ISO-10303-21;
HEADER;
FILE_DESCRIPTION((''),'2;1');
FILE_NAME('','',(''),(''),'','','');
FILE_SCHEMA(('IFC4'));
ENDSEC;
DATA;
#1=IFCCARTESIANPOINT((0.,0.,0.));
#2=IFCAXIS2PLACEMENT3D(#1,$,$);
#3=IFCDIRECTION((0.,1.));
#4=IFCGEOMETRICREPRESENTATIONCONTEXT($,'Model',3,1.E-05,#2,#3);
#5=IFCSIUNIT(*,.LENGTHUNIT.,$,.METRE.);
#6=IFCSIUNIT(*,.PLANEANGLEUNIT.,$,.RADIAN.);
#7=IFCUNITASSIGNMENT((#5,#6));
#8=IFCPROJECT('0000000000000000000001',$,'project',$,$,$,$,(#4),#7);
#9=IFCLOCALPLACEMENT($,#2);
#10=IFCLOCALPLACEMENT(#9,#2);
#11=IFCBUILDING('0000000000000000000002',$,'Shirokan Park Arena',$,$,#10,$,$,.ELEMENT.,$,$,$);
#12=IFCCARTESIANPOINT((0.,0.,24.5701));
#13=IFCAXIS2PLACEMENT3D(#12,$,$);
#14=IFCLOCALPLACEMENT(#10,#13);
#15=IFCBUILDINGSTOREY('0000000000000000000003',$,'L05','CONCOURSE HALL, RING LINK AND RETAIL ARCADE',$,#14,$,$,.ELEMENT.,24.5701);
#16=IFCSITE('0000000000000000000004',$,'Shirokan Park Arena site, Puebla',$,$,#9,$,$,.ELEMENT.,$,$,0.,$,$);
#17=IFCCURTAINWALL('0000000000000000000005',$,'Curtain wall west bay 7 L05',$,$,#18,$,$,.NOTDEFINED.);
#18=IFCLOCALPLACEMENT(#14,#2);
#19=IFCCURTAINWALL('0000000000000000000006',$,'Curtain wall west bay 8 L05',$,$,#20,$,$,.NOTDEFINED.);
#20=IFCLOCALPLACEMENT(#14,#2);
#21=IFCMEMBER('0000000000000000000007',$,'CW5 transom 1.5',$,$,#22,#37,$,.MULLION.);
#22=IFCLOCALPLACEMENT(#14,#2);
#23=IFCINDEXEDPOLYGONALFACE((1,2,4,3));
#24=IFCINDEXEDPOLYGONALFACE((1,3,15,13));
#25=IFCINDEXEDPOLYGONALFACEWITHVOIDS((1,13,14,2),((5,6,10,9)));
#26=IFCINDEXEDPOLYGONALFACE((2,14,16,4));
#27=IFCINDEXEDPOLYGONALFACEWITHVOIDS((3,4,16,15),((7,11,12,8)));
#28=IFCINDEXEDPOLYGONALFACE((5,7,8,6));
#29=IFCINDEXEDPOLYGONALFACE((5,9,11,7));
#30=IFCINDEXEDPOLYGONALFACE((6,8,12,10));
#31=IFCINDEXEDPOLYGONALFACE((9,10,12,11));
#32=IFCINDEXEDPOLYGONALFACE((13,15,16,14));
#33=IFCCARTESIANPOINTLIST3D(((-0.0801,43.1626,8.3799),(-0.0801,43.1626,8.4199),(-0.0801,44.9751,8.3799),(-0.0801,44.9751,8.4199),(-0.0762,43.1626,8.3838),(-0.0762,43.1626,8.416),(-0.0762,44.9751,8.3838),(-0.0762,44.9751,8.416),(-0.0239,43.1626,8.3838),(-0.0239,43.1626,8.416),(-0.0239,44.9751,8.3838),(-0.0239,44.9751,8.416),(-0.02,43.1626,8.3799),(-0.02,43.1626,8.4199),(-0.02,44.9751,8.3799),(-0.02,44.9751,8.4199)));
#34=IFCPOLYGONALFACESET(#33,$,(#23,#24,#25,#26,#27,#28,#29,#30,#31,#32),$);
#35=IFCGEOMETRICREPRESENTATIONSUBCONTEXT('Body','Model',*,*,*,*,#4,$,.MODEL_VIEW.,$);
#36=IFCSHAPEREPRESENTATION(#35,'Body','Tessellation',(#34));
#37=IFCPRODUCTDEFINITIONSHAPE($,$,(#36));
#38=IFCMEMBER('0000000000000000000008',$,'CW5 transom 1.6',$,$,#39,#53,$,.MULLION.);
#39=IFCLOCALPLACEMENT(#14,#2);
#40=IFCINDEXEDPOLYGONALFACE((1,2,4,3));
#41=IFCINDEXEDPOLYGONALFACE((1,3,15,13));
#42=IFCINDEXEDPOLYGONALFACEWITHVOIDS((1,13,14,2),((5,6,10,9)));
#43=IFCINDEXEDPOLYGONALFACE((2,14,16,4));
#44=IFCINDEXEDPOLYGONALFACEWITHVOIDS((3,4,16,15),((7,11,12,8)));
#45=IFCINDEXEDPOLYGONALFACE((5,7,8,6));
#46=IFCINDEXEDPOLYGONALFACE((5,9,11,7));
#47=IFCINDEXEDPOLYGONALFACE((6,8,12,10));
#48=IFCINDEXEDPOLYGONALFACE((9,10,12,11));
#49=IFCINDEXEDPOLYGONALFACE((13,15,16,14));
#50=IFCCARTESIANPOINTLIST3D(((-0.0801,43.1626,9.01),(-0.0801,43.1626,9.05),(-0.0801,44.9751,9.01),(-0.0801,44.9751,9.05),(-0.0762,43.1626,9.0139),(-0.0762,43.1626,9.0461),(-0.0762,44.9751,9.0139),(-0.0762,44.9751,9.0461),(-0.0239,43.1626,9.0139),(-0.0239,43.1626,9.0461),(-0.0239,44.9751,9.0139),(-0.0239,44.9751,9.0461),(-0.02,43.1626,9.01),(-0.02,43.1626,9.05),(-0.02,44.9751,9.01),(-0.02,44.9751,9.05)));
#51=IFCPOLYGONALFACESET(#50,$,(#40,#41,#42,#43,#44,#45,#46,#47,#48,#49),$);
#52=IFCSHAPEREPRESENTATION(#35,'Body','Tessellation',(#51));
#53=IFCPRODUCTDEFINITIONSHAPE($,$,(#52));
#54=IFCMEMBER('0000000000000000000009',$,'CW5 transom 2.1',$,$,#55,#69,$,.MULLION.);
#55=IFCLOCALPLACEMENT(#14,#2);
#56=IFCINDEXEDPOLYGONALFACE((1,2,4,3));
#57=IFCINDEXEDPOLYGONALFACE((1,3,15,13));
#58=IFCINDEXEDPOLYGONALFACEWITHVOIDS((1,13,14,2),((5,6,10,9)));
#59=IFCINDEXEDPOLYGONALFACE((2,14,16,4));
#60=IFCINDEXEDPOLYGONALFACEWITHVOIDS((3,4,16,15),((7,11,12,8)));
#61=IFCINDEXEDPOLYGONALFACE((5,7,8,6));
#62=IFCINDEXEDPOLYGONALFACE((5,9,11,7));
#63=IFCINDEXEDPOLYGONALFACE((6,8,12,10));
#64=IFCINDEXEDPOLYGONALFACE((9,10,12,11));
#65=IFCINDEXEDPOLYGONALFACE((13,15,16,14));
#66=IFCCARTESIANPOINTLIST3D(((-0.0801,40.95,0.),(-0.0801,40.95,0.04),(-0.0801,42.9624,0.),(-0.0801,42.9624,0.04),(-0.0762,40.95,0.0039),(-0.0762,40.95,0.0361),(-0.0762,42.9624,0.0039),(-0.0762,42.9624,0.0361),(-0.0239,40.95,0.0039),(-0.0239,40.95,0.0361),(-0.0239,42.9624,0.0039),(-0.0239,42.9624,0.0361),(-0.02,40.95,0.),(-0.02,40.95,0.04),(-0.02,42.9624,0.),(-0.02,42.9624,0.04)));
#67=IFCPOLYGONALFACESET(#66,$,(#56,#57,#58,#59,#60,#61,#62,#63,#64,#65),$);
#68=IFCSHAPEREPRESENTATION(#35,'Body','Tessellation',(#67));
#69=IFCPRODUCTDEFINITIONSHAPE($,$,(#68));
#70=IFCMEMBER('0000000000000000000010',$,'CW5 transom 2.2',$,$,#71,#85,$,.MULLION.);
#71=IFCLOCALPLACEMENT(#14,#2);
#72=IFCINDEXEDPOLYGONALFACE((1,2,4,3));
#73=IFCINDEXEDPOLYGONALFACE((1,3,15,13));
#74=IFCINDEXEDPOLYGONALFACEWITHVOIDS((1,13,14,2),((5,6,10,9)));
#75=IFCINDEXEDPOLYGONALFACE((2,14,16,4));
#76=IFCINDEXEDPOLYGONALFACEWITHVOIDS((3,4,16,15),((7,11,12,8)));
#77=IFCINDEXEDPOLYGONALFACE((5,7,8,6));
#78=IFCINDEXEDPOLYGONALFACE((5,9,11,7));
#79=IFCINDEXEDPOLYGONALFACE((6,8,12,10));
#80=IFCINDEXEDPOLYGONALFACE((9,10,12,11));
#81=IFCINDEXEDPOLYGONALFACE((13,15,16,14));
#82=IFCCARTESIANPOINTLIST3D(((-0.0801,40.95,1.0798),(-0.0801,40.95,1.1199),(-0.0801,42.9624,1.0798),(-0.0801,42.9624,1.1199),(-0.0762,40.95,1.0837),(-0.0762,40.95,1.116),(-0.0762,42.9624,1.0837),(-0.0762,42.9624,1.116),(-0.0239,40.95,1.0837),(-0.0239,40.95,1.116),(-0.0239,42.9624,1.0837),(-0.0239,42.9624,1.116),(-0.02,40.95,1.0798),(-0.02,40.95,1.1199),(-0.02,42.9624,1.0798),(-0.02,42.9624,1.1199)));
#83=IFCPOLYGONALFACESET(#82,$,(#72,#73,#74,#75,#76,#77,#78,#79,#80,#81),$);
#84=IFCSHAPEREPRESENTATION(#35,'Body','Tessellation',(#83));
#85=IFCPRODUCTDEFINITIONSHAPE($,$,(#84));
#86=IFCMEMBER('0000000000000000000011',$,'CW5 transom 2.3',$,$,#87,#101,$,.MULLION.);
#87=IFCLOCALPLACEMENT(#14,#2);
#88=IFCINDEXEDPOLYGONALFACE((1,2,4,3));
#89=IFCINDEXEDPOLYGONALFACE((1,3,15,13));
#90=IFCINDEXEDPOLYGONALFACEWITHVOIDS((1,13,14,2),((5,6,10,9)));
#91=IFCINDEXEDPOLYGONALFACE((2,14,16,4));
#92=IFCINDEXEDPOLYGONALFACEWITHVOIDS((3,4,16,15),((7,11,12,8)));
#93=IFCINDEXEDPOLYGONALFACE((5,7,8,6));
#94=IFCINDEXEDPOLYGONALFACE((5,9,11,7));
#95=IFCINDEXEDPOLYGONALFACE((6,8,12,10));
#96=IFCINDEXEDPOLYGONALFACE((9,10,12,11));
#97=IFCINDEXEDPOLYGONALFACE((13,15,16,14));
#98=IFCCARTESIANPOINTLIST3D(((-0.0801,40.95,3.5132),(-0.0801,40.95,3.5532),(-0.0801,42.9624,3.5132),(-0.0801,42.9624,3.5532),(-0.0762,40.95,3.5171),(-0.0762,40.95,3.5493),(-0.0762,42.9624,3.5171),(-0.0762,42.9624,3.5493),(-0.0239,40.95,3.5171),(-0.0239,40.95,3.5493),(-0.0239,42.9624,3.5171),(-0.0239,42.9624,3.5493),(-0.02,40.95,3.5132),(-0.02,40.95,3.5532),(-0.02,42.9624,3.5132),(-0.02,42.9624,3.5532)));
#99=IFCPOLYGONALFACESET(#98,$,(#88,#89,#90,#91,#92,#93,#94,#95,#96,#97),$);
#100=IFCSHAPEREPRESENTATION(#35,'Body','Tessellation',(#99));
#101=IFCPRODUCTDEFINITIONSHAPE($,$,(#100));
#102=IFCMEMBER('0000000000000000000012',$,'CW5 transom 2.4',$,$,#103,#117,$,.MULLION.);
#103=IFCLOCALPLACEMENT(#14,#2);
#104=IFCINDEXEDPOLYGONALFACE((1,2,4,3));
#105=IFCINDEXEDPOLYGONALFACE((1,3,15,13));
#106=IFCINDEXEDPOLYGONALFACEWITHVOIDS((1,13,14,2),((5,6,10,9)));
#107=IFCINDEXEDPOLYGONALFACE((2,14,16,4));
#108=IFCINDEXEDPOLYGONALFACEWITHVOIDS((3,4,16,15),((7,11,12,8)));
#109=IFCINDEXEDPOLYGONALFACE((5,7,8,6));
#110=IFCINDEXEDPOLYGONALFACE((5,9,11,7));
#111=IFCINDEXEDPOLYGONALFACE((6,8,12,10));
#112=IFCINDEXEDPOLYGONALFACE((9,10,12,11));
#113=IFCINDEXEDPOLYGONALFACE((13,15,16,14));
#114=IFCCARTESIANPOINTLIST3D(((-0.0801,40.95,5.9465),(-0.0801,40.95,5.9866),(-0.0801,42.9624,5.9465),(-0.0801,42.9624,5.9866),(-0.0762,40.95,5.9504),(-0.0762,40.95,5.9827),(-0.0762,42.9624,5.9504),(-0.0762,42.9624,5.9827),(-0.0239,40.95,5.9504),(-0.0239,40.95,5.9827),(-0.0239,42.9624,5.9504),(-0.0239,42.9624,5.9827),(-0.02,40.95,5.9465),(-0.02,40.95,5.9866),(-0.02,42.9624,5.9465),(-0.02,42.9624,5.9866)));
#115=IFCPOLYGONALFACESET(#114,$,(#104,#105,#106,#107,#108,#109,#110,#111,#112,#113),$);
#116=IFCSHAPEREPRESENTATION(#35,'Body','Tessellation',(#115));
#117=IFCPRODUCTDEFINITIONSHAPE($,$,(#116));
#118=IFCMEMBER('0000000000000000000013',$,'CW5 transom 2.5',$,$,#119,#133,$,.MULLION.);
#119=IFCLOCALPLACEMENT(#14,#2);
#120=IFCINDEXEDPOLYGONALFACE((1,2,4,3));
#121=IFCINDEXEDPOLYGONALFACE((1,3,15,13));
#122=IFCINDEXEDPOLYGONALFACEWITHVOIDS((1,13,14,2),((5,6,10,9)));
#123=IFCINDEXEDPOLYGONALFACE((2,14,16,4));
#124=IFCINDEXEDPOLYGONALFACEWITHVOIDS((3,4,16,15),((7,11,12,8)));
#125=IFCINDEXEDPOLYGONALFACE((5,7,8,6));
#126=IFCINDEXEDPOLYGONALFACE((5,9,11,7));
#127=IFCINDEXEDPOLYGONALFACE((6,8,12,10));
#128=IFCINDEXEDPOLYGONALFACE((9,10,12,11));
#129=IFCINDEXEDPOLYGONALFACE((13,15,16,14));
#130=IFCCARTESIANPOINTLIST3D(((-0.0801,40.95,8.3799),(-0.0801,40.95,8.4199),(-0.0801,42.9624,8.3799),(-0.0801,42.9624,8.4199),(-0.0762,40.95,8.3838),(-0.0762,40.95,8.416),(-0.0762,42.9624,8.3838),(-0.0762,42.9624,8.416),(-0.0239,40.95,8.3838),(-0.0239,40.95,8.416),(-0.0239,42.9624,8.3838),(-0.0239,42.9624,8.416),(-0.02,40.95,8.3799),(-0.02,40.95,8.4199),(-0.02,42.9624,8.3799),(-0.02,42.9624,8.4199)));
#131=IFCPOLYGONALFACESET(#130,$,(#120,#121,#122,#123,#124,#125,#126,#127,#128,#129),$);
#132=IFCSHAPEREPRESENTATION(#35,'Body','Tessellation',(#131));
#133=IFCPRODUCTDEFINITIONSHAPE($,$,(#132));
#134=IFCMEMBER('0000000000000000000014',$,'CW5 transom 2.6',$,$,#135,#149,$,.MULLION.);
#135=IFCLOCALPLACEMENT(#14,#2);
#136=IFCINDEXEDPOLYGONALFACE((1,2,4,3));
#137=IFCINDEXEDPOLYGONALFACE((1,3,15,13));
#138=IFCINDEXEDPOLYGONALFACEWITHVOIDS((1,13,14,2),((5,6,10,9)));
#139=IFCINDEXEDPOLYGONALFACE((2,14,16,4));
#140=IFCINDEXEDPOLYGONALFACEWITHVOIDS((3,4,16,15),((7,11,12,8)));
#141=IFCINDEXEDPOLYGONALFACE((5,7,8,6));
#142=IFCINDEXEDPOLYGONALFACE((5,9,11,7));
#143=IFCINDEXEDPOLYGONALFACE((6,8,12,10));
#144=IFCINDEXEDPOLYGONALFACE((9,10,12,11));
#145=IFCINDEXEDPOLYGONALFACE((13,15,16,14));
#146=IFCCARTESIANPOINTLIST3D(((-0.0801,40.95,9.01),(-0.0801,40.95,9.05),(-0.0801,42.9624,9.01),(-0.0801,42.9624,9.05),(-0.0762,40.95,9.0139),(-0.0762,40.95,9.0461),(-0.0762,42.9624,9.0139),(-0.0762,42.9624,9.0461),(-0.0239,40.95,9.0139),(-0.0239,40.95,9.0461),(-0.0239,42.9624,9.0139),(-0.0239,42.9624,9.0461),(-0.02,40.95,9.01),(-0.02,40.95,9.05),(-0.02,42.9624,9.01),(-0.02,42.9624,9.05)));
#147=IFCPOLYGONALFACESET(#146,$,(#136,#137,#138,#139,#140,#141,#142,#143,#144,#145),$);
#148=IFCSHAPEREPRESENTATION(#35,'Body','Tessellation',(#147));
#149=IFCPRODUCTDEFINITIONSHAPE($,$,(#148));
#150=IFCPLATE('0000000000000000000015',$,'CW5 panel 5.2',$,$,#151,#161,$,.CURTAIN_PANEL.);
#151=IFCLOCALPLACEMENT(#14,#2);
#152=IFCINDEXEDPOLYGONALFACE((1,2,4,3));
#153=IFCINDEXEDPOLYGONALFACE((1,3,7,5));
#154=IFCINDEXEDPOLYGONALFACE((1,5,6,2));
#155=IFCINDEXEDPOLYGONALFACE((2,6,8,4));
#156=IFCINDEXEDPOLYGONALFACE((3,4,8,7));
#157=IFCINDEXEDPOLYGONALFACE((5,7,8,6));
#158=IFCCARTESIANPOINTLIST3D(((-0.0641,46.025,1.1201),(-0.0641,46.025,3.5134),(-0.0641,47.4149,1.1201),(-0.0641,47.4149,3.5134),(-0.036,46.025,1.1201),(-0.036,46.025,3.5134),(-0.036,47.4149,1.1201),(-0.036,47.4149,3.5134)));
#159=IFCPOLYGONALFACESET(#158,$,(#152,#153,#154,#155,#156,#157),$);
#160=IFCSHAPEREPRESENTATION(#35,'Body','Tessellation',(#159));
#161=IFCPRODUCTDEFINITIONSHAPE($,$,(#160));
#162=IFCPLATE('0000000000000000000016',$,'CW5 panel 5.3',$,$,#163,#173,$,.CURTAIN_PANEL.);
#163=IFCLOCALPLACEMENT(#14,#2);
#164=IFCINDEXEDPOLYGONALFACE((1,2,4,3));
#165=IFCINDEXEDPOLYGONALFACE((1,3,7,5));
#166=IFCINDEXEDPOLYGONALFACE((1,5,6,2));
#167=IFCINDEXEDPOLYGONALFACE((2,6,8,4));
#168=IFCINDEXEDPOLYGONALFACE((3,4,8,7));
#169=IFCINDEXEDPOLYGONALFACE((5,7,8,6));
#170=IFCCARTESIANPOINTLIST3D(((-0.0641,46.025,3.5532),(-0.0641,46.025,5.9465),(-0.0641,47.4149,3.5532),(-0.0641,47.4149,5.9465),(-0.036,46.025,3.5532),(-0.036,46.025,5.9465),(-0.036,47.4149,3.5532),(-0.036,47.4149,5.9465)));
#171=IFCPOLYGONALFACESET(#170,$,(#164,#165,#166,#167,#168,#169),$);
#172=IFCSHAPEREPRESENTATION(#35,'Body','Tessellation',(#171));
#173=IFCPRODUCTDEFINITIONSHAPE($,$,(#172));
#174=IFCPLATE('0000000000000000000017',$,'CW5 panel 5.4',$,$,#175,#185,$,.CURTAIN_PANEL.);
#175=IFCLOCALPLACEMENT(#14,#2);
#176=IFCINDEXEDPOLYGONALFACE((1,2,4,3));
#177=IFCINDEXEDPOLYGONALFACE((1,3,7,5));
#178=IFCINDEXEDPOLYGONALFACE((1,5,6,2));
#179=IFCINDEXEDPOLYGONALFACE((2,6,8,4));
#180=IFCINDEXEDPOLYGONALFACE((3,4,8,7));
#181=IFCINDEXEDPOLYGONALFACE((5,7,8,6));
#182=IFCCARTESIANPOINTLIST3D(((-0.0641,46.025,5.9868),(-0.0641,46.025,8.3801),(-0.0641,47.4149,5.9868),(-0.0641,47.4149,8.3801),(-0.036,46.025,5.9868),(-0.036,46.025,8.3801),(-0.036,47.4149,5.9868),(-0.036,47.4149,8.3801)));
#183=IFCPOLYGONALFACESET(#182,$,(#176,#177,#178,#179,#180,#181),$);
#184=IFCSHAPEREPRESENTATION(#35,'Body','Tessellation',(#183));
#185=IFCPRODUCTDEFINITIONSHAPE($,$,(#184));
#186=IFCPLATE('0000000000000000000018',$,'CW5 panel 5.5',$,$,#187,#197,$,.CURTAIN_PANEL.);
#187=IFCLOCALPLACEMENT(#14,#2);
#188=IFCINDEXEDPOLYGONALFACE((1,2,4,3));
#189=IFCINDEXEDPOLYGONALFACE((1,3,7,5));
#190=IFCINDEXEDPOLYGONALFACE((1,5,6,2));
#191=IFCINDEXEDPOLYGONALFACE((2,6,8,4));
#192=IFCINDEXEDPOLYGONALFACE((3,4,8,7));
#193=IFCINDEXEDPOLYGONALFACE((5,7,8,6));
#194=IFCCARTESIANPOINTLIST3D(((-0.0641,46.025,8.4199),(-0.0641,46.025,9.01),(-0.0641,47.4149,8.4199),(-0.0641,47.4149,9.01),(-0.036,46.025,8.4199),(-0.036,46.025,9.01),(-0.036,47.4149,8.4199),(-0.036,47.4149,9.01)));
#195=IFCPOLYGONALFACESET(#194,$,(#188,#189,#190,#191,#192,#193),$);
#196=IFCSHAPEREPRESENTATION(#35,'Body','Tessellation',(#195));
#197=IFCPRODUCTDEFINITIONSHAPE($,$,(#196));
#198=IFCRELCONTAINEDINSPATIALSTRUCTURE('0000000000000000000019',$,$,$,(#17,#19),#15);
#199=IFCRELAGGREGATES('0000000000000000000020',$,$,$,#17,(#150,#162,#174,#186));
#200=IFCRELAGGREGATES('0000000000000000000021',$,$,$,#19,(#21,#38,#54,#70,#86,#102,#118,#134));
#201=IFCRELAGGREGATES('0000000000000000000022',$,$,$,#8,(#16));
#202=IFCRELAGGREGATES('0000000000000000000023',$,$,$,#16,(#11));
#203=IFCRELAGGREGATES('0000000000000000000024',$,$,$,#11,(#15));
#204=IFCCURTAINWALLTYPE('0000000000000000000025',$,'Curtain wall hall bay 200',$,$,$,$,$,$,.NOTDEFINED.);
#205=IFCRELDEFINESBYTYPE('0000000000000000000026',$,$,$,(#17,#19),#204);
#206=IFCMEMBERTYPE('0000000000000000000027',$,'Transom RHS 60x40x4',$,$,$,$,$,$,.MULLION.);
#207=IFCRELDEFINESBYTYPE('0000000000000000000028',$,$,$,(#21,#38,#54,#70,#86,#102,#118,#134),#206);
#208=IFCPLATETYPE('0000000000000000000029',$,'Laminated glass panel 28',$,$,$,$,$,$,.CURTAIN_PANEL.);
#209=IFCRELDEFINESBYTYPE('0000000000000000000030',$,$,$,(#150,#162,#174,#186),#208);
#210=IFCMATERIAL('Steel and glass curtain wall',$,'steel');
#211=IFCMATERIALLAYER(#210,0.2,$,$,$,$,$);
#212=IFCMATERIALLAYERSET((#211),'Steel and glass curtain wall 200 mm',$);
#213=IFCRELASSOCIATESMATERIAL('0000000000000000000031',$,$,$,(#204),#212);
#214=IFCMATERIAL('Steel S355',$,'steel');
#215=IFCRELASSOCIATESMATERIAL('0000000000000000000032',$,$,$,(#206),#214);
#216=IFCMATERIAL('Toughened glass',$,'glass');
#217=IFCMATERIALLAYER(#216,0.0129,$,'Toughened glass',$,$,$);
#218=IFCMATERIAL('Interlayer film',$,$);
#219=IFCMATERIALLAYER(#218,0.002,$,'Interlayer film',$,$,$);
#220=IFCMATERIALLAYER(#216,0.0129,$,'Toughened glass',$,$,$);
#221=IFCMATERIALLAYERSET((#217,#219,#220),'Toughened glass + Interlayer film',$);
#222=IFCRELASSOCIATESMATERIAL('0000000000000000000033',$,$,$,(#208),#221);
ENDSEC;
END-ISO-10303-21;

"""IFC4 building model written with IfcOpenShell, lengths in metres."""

from ifc_helpers import new_model, si_unit, direction, frame, origin, origin_2d, place, context, subcontext, project, spatial, rectangle, hollow_rectangle, extrude, material, layer, layer_set, material_profile, profile_set, type_object, element, aggregate, save


model = new_model("IFC4")

# Units and contexts
model_context = context("Model", 3, precision=1e-05, world=origin(), true_north=direction((0.0, 1.0)))
body_context = subcontext(model_context, "Body", "Model", "MODEL_VIEW")
ifc_project = project(units=[si_unit("LENGTHUNIT", "METRE"), si_unit("PLANEANGLEUNIT", "RADIAN")], contexts=[model_context])

# Site, building, storey
site_placement = place(None, origin())
site = spatial("IfcSite", under=ifc_project, at=site_placement, Name="Shirokan Park Arena site, Puebla", CompositionType="ELEMENT", RefElevation=0.0)
building_placement = place(site_placement, origin())
building = spatial("IfcBuilding", under=site, at=building_placement, Name="Shirokan Park Arena", CompositionType="ELEMENT")
storey_placement = place(building_placement, frame((0.0, 0.0, 24.5701)))
storey = spatial("IfcBuildingStorey", under=building, at=storey_placement, Name="L05", Description="CONCOURSE HALL, RING LINK AND RETAIL ARCADE", CompositionType="ELEMENT", Elevation=24.5701)

# Curtain wall
ifc_material_1 = material(Name="Steel and glass curtain wall", Category="steel")
ifc_layer_1 = layer(ifc_material_1, 0.2)
ifc_layer_set_1 = layer_set([ifc_layer_1], Name="Steel and glass curtain wall 200 mm")
curtain_wall_type = type_object("IfcCurtainWallType", Name="Curtain wall hall bay 200", PredefinedType="NOTDEFINED", material=ifc_layer_set_1)
curtain_wall_1_placement = place(storey_placement, origin())
curtain_wall_1 = element("IfcCurtainWall", 1, at=curtain_wall_1_placement, inside=storey, type_object=curtain_wall_type, Name="Curtain wall west bay 7 L05", PredefinedType="NOTDEFINED")
ifc_material_2 = material(Name="Steel S355", Category="steel")

# Curtain wall
curtain_wall_2_placement = place(storey_placement, origin())
curtain_wall_2 = element("IfcCurtainWall", 2, at=curtain_wall_2_placement, inside=storey, type_object=curtain_wall_type, Name="Curtain wall west bay 8 L05", PredefinedType="NOTDEFINED")

# Members
ifc_material_profile_1 = material_profile(ifc_material_2, hollow_rectangle(XDim=0.0601, YDim=0.04, WallThickness=0.0039, at=origin_2d()), Name="RHS 60x40x4")
ifc_profile_set_1 = profile_set([ifc_material_profile_1], Name="Steel S355")
member_type_1 = type_object("IfcMemberType", Name="Transom RHS 60x40x4", PredefinedType="MULLION", material=ifc_profile_set_1)
member_1_placement = place(storey_placement, frame((-0.05, 44.9751, 8.3999), z_axis=(0.0, -1.0, 0.0), x_axis=(1.0, 0.0, 0.0)))
member_1 = element("IfcMember", 3, at=member_1_placement, type_object=member_type_1, Name="CW5 transom 1.5", PredefinedType="MULLION", context=body_context, shape_type="SweptSolid", body=[
    extrude(hollow_rectangle(XDim=0.0601, YDim=0.04, WallThickness=0.0039, at=origin_2d()), origin(), (0.0, 0.0, 1.0), 1.8125),
])
member_2_placement = place(storey_placement, frame((-0.05, 44.9751, 9.03), z_axis=(0.0, -1.0, 0.0), x_axis=(1.0, 0.0, 0.0)))
member_2 = element("IfcMember", 4, at=member_2_placement, type_object=member_type_1, Name="CW5 transom 1.6", PredefinedType="MULLION", context=body_context, shape_type="SweptSolid", body=[
    extrude(hollow_rectangle(XDim=0.0601, YDim=0.04, WallThickness=0.0039, at=origin_2d()), origin(), (0.0, 0.0, 1.0), 1.8125),
])
member_3_placement = place(storey_placement, frame((-0.05, 42.9624, 0.02), z_axis=(0.0, -1.0, 0.0), x_axis=(1.0, 0.0, 0.0)))
member_3 = element("IfcMember", 5, at=member_3_placement, type_object=member_type_1, Name="CW5 transom 2.1", PredefinedType="MULLION", context=body_context, shape_type="SweptSolid", body=[
    extrude(hollow_rectangle(XDim=0.0601, YDim=0.04, WallThickness=0.0039, at=origin_2d()), origin(), (0.0, 0.0, 1.0), 2.0125),
])
member_4_placement = place(storey_placement, frame((-0.05, 42.9624, 1.0999), z_axis=(0.0, -1.0, 0.0), x_axis=(1.0, 0.0, 0.0)))
member_4 = element("IfcMember", 6, at=member_4_placement, type_object=member_type_1, Name="CW5 transom 2.2", PredefinedType="MULLION", context=body_context, shape_type="SweptSolid", body=[
    extrude(hollow_rectangle(XDim=0.0601, YDim=0.04, WallThickness=0.0039, at=origin_2d()), origin(), (0.0, 0.0, 1.0), 2.0125),
])
member_5_placement = place(storey_placement, frame((-0.05, 42.9624, 3.5332), z_axis=(0.0, -1.0, 0.0), x_axis=(1.0, 0.0, 0.0)))
member_5 = element("IfcMember", 7, at=member_5_placement, type_object=member_type_1, Name="CW5 transom 2.3", PredefinedType="MULLION", context=body_context, shape_type="SweptSolid", body=[
    extrude(hollow_rectangle(XDim=0.0601, YDim=0.04, WallThickness=0.0039, at=origin_2d()), origin(), (0.0, 0.0, 1.0), 2.0125),
])
member_6_placement = place(storey_placement, frame((-0.05, 42.9624, 5.9666), z_axis=(0.0, -1.0, 0.0), x_axis=(1.0, 0.0, 0.0)))
member_6 = element("IfcMember", 8, at=member_6_placement, type_object=member_type_1, Name="CW5 transom 2.4", PredefinedType="MULLION", context=body_context, shape_type="SweptSolid", body=[
    extrude(hollow_rectangle(XDim=0.0601, YDim=0.04, WallThickness=0.0039, at=origin_2d()), origin(), (0.0, 0.0, 1.0), 2.0125),
])
member_7_placement = place(storey_placement, frame((-0.05, 42.9624, 8.3999), z_axis=(0.0, -1.0, 0.0), x_axis=(1.0, 0.0, 0.0)))
member_7 = element("IfcMember", 9, at=member_7_placement, type_object=member_type_1, Name="CW5 transom 2.5", PredefinedType="MULLION", context=body_context, shape_type="SweptSolid", body=[
    extrude(hollow_rectangle(XDim=0.0601, YDim=0.04, WallThickness=0.0039, at=origin_2d()), origin(), (0.0, 0.0, 1.0), 2.0125),
])
member_8_placement = place(storey_placement, frame((-0.05, 42.9624, 9.03), z_axis=(0.0, -1.0, 0.0), x_axis=(1.0, 0.0, 0.0)))
member_8 = element("IfcMember", 10, at=member_8_placement, type_object=member_type_1, Name="CW5 transom 2.6", PredefinedType="MULLION", context=body_context, shape_type="SweptSolid", body=[
    extrude(hollow_rectangle(XDim=0.0601, YDim=0.04, WallThickness=0.0039, at=origin_2d()), origin(), (0.0, 0.0, 1.0), 2.0125),
])

# Plates
ifc_material_3 = material(Name="Toughened glass", Category="glass")
ifc_layer_2 = layer(ifc_material_3, 0.0129, Name="Toughened glass")
ifc_material_4 = material(Name="Interlayer film")
ifc_layer_3 = layer(ifc_material_4, 0.002, Name="Interlayer film")
ifc_layer_4 = layer(ifc_material_3, 0.0129, Name="Toughened glass")
ifc_layer_set_2 = layer_set([ifc_layer_2, ifc_layer_3, ifc_layer_4], Name="Toughened glass + Interlayer film")
plate_type_1 = type_object("IfcPlateType", Name="Laminated glass panel 28", PredefinedType="CURTAIN_PANEL", material=ifc_layer_set_2)
plate_1_placement = place(storey_placement, frame((-0.05, 46.72, 1.1201), z_axis=(0.0, 0.0, 1.0), x_axis=(0.0, -1.0, 0.0)))
plate_1 = element("IfcPlate", 11, at=plate_1_placement, type_object=plate_type_1, Name="CW5 panel 5.2", PredefinedType="CURTAIN_PANEL", context=body_context, shape_type="SweptSolid", body=[
    extrude(rectangle(XDim=1.3899, YDim=0.0281, at=origin_2d()), origin(), (0.0, 0.0, 1.0), 2.3933),
])
plate_2_placement = place(storey_placement, frame((-0.05, 46.72, 3.5532), z_axis=(0.0, 0.0, 1.0), x_axis=(0.0, -1.0, 0.0)))
plate_2 = element("IfcPlate", 12, at=plate_2_placement, type_object=plate_type_1, Name="CW5 panel 5.3", PredefinedType="CURTAIN_PANEL", context=body_context, shape_type="SweptSolid", body=[
    extrude(rectangle(XDim=1.3899, YDim=0.0281, at=origin_2d()), origin(), (0.0, 0.0, 1.0), 2.3933),
])
plate_3_placement = place(storey_placement, frame((-0.05, 46.72, 5.9868), z_axis=(0.0, 0.0, 1.0), x_axis=(0.0, -1.0, 0.0)))
plate_3 = element("IfcPlate", 13, at=plate_3_placement, type_object=plate_type_1, Name="CW5 panel 5.4", PredefinedType="CURTAIN_PANEL", context=body_context, shape_type="SweptSolid", body=[
    extrude(rectangle(XDim=1.3899, YDim=0.0281, at=origin_2d()), origin(), (0.0, 0.0, 1.0), 2.3933),
])
plate_4_placement = place(storey_placement, frame((-0.05, 46.72, 8.4199), z_axis=(0.0, 0.0, 1.0), x_axis=(0.0, -1.0, 0.0)))
plate_4 = element("IfcPlate", 14, at=plate_4_placement, type_object=plate_type_1, Name="CW5 panel 5.5", PredefinedType="CURTAIN_PANEL", context=body_context, shape_type="SweptSolid", body=[
    extrude(rectangle(XDim=1.3899, YDim=0.0281, at=origin_2d()), origin(), (0.0, 0.0, 1.0), 0.5901),
])
aggregate(curtain_wall_1, [plate_1, plate_2, plate_3, plate_4])
aggregate(curtain_wall_2, [member_1, member_2, member_3, member_4, member_5, member_6, member_7, member_8])

save(model, "model.ifc")
